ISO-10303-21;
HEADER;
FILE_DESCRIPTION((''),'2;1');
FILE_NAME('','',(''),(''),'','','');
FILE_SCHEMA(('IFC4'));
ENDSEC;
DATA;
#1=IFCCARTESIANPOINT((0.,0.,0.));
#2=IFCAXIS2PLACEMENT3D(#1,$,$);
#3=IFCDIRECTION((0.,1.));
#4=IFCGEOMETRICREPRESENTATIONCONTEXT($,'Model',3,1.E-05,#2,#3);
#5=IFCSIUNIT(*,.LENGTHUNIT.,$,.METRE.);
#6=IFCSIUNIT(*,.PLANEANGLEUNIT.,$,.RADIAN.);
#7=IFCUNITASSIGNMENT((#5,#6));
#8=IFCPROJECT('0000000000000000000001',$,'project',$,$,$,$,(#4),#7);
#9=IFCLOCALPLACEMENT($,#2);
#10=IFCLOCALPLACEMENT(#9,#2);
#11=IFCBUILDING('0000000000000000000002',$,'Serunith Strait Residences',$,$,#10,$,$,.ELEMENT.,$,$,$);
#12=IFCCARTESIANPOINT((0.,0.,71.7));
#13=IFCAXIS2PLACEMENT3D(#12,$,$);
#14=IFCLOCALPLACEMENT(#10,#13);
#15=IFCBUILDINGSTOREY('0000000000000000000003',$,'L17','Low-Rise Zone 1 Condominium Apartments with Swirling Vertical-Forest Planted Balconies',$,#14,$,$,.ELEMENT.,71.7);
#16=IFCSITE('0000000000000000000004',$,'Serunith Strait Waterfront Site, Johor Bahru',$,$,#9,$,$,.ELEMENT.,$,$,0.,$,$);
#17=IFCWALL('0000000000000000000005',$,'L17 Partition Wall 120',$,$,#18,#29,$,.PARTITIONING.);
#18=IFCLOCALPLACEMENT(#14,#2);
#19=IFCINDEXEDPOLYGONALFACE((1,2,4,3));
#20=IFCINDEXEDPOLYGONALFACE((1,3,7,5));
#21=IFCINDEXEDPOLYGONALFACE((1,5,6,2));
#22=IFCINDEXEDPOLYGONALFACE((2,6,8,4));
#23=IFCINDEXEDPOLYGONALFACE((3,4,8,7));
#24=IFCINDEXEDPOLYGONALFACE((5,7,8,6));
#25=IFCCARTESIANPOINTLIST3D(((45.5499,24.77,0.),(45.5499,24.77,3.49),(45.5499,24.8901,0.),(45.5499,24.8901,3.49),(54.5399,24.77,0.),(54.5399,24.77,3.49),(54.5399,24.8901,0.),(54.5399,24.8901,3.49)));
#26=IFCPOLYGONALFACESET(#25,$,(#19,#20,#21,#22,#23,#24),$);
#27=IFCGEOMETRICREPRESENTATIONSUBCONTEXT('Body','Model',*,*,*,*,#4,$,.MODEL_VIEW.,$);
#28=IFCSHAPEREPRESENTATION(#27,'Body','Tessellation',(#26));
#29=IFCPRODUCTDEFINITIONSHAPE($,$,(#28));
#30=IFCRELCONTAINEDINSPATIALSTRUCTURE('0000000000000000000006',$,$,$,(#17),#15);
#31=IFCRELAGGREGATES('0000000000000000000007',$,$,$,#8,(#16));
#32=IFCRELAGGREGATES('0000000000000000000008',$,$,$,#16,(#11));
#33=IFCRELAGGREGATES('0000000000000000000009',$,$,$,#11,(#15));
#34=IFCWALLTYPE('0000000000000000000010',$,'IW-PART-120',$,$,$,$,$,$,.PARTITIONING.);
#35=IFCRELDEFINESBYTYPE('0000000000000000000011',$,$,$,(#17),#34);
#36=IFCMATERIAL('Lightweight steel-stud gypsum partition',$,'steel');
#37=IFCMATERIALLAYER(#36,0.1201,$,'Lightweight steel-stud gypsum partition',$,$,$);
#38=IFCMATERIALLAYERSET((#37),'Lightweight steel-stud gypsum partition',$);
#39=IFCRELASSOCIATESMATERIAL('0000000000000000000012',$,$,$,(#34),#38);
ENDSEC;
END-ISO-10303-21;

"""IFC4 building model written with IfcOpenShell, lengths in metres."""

from ifc_helpers import new_model, si_unit, direction, frame, frame_2d, origin, place, context, subcontext, project, spatial, rectangle, extrude, material, layer, layer_set, type_object, element, save


model = new_model("IFC4")

# Units and contexts
model_context = context("Model", 3, precision=1e-05, world=origin(), true_north=direction((0.0, 1.0)))
body_context = subcontext(model_context, "Body", "Model", "MODEL_VIEW")
ifc_project = project(units=[si_unit("LENGTHUNIT", "METRE"), si_unit("PLANEANGLEUNIT", "RADIAN")], contexts=[model_context])

# Site, building, storey
site_placement = place(None, origin())
site = spatial("IfcSite", under=ifc_project, at=site_placement, Name="Serunith Strait Waterfront Site, Johor Bahru", CompositionType="ELEMENT", RefElevation=0.0)
building_placement = place(site_placement, origin())
building = spatial("IfcBuilding", under=site, at=building_placement, Name="Serunith Strait Residences", CompositionType="ELEMENT")
storey_placement = place(building_placement, frame((0.0, 0.0, 71.7)))
storey = spatial("IfcBuildingStorey", under=building, at=storey_placement, Name="L17", Description="Low-Rise Zone 1 Condominium Apartments with Swirling Vertical-Forest Planted Balconies", CompositionType="ELEMENT", Elevation=71.7)

# Shared definitions
ifc_material_1 = material(Name="Lightweight steel-stud gypsum partition", Category="steel")
ifc_layer_1 = layer(ifc_material_1, 0.1201, Name="Lightweight steel-stud gypsum partition")
ifc_layer_set_1 = layer_set([ifc_layer_1], Name="Lightweight steel-stud gypsum partition")
wall_type = type_object("IfcWallType", Name="IW-PART-120", PredefinedType="PARTITIONING", material=ifc_layer_set_1)

# Wall
wall_1_placement = place(storey_placement, frame((54.54, 24.8301, 0.0), z_axis=(0.0, 0.0, 1.0), x_axis=(-1.0, 0.0, 0.0)))
element("IfcWall", 1, at=wall_1_placement, inside=storey, type_object=wall_type, Name="L17 Partition Wall 120", PredefinedType="PARTITIONING", context=body_context, shape_type="SweptSolid", body=[
    extrude(rectangle(XDim=8.99, YDim=0.1201, at=frame_2d((4.4951, 0.0))), origin(), (0.0, 0.0, 1.0), 3.49),
])

save(model, "model.ifc")
